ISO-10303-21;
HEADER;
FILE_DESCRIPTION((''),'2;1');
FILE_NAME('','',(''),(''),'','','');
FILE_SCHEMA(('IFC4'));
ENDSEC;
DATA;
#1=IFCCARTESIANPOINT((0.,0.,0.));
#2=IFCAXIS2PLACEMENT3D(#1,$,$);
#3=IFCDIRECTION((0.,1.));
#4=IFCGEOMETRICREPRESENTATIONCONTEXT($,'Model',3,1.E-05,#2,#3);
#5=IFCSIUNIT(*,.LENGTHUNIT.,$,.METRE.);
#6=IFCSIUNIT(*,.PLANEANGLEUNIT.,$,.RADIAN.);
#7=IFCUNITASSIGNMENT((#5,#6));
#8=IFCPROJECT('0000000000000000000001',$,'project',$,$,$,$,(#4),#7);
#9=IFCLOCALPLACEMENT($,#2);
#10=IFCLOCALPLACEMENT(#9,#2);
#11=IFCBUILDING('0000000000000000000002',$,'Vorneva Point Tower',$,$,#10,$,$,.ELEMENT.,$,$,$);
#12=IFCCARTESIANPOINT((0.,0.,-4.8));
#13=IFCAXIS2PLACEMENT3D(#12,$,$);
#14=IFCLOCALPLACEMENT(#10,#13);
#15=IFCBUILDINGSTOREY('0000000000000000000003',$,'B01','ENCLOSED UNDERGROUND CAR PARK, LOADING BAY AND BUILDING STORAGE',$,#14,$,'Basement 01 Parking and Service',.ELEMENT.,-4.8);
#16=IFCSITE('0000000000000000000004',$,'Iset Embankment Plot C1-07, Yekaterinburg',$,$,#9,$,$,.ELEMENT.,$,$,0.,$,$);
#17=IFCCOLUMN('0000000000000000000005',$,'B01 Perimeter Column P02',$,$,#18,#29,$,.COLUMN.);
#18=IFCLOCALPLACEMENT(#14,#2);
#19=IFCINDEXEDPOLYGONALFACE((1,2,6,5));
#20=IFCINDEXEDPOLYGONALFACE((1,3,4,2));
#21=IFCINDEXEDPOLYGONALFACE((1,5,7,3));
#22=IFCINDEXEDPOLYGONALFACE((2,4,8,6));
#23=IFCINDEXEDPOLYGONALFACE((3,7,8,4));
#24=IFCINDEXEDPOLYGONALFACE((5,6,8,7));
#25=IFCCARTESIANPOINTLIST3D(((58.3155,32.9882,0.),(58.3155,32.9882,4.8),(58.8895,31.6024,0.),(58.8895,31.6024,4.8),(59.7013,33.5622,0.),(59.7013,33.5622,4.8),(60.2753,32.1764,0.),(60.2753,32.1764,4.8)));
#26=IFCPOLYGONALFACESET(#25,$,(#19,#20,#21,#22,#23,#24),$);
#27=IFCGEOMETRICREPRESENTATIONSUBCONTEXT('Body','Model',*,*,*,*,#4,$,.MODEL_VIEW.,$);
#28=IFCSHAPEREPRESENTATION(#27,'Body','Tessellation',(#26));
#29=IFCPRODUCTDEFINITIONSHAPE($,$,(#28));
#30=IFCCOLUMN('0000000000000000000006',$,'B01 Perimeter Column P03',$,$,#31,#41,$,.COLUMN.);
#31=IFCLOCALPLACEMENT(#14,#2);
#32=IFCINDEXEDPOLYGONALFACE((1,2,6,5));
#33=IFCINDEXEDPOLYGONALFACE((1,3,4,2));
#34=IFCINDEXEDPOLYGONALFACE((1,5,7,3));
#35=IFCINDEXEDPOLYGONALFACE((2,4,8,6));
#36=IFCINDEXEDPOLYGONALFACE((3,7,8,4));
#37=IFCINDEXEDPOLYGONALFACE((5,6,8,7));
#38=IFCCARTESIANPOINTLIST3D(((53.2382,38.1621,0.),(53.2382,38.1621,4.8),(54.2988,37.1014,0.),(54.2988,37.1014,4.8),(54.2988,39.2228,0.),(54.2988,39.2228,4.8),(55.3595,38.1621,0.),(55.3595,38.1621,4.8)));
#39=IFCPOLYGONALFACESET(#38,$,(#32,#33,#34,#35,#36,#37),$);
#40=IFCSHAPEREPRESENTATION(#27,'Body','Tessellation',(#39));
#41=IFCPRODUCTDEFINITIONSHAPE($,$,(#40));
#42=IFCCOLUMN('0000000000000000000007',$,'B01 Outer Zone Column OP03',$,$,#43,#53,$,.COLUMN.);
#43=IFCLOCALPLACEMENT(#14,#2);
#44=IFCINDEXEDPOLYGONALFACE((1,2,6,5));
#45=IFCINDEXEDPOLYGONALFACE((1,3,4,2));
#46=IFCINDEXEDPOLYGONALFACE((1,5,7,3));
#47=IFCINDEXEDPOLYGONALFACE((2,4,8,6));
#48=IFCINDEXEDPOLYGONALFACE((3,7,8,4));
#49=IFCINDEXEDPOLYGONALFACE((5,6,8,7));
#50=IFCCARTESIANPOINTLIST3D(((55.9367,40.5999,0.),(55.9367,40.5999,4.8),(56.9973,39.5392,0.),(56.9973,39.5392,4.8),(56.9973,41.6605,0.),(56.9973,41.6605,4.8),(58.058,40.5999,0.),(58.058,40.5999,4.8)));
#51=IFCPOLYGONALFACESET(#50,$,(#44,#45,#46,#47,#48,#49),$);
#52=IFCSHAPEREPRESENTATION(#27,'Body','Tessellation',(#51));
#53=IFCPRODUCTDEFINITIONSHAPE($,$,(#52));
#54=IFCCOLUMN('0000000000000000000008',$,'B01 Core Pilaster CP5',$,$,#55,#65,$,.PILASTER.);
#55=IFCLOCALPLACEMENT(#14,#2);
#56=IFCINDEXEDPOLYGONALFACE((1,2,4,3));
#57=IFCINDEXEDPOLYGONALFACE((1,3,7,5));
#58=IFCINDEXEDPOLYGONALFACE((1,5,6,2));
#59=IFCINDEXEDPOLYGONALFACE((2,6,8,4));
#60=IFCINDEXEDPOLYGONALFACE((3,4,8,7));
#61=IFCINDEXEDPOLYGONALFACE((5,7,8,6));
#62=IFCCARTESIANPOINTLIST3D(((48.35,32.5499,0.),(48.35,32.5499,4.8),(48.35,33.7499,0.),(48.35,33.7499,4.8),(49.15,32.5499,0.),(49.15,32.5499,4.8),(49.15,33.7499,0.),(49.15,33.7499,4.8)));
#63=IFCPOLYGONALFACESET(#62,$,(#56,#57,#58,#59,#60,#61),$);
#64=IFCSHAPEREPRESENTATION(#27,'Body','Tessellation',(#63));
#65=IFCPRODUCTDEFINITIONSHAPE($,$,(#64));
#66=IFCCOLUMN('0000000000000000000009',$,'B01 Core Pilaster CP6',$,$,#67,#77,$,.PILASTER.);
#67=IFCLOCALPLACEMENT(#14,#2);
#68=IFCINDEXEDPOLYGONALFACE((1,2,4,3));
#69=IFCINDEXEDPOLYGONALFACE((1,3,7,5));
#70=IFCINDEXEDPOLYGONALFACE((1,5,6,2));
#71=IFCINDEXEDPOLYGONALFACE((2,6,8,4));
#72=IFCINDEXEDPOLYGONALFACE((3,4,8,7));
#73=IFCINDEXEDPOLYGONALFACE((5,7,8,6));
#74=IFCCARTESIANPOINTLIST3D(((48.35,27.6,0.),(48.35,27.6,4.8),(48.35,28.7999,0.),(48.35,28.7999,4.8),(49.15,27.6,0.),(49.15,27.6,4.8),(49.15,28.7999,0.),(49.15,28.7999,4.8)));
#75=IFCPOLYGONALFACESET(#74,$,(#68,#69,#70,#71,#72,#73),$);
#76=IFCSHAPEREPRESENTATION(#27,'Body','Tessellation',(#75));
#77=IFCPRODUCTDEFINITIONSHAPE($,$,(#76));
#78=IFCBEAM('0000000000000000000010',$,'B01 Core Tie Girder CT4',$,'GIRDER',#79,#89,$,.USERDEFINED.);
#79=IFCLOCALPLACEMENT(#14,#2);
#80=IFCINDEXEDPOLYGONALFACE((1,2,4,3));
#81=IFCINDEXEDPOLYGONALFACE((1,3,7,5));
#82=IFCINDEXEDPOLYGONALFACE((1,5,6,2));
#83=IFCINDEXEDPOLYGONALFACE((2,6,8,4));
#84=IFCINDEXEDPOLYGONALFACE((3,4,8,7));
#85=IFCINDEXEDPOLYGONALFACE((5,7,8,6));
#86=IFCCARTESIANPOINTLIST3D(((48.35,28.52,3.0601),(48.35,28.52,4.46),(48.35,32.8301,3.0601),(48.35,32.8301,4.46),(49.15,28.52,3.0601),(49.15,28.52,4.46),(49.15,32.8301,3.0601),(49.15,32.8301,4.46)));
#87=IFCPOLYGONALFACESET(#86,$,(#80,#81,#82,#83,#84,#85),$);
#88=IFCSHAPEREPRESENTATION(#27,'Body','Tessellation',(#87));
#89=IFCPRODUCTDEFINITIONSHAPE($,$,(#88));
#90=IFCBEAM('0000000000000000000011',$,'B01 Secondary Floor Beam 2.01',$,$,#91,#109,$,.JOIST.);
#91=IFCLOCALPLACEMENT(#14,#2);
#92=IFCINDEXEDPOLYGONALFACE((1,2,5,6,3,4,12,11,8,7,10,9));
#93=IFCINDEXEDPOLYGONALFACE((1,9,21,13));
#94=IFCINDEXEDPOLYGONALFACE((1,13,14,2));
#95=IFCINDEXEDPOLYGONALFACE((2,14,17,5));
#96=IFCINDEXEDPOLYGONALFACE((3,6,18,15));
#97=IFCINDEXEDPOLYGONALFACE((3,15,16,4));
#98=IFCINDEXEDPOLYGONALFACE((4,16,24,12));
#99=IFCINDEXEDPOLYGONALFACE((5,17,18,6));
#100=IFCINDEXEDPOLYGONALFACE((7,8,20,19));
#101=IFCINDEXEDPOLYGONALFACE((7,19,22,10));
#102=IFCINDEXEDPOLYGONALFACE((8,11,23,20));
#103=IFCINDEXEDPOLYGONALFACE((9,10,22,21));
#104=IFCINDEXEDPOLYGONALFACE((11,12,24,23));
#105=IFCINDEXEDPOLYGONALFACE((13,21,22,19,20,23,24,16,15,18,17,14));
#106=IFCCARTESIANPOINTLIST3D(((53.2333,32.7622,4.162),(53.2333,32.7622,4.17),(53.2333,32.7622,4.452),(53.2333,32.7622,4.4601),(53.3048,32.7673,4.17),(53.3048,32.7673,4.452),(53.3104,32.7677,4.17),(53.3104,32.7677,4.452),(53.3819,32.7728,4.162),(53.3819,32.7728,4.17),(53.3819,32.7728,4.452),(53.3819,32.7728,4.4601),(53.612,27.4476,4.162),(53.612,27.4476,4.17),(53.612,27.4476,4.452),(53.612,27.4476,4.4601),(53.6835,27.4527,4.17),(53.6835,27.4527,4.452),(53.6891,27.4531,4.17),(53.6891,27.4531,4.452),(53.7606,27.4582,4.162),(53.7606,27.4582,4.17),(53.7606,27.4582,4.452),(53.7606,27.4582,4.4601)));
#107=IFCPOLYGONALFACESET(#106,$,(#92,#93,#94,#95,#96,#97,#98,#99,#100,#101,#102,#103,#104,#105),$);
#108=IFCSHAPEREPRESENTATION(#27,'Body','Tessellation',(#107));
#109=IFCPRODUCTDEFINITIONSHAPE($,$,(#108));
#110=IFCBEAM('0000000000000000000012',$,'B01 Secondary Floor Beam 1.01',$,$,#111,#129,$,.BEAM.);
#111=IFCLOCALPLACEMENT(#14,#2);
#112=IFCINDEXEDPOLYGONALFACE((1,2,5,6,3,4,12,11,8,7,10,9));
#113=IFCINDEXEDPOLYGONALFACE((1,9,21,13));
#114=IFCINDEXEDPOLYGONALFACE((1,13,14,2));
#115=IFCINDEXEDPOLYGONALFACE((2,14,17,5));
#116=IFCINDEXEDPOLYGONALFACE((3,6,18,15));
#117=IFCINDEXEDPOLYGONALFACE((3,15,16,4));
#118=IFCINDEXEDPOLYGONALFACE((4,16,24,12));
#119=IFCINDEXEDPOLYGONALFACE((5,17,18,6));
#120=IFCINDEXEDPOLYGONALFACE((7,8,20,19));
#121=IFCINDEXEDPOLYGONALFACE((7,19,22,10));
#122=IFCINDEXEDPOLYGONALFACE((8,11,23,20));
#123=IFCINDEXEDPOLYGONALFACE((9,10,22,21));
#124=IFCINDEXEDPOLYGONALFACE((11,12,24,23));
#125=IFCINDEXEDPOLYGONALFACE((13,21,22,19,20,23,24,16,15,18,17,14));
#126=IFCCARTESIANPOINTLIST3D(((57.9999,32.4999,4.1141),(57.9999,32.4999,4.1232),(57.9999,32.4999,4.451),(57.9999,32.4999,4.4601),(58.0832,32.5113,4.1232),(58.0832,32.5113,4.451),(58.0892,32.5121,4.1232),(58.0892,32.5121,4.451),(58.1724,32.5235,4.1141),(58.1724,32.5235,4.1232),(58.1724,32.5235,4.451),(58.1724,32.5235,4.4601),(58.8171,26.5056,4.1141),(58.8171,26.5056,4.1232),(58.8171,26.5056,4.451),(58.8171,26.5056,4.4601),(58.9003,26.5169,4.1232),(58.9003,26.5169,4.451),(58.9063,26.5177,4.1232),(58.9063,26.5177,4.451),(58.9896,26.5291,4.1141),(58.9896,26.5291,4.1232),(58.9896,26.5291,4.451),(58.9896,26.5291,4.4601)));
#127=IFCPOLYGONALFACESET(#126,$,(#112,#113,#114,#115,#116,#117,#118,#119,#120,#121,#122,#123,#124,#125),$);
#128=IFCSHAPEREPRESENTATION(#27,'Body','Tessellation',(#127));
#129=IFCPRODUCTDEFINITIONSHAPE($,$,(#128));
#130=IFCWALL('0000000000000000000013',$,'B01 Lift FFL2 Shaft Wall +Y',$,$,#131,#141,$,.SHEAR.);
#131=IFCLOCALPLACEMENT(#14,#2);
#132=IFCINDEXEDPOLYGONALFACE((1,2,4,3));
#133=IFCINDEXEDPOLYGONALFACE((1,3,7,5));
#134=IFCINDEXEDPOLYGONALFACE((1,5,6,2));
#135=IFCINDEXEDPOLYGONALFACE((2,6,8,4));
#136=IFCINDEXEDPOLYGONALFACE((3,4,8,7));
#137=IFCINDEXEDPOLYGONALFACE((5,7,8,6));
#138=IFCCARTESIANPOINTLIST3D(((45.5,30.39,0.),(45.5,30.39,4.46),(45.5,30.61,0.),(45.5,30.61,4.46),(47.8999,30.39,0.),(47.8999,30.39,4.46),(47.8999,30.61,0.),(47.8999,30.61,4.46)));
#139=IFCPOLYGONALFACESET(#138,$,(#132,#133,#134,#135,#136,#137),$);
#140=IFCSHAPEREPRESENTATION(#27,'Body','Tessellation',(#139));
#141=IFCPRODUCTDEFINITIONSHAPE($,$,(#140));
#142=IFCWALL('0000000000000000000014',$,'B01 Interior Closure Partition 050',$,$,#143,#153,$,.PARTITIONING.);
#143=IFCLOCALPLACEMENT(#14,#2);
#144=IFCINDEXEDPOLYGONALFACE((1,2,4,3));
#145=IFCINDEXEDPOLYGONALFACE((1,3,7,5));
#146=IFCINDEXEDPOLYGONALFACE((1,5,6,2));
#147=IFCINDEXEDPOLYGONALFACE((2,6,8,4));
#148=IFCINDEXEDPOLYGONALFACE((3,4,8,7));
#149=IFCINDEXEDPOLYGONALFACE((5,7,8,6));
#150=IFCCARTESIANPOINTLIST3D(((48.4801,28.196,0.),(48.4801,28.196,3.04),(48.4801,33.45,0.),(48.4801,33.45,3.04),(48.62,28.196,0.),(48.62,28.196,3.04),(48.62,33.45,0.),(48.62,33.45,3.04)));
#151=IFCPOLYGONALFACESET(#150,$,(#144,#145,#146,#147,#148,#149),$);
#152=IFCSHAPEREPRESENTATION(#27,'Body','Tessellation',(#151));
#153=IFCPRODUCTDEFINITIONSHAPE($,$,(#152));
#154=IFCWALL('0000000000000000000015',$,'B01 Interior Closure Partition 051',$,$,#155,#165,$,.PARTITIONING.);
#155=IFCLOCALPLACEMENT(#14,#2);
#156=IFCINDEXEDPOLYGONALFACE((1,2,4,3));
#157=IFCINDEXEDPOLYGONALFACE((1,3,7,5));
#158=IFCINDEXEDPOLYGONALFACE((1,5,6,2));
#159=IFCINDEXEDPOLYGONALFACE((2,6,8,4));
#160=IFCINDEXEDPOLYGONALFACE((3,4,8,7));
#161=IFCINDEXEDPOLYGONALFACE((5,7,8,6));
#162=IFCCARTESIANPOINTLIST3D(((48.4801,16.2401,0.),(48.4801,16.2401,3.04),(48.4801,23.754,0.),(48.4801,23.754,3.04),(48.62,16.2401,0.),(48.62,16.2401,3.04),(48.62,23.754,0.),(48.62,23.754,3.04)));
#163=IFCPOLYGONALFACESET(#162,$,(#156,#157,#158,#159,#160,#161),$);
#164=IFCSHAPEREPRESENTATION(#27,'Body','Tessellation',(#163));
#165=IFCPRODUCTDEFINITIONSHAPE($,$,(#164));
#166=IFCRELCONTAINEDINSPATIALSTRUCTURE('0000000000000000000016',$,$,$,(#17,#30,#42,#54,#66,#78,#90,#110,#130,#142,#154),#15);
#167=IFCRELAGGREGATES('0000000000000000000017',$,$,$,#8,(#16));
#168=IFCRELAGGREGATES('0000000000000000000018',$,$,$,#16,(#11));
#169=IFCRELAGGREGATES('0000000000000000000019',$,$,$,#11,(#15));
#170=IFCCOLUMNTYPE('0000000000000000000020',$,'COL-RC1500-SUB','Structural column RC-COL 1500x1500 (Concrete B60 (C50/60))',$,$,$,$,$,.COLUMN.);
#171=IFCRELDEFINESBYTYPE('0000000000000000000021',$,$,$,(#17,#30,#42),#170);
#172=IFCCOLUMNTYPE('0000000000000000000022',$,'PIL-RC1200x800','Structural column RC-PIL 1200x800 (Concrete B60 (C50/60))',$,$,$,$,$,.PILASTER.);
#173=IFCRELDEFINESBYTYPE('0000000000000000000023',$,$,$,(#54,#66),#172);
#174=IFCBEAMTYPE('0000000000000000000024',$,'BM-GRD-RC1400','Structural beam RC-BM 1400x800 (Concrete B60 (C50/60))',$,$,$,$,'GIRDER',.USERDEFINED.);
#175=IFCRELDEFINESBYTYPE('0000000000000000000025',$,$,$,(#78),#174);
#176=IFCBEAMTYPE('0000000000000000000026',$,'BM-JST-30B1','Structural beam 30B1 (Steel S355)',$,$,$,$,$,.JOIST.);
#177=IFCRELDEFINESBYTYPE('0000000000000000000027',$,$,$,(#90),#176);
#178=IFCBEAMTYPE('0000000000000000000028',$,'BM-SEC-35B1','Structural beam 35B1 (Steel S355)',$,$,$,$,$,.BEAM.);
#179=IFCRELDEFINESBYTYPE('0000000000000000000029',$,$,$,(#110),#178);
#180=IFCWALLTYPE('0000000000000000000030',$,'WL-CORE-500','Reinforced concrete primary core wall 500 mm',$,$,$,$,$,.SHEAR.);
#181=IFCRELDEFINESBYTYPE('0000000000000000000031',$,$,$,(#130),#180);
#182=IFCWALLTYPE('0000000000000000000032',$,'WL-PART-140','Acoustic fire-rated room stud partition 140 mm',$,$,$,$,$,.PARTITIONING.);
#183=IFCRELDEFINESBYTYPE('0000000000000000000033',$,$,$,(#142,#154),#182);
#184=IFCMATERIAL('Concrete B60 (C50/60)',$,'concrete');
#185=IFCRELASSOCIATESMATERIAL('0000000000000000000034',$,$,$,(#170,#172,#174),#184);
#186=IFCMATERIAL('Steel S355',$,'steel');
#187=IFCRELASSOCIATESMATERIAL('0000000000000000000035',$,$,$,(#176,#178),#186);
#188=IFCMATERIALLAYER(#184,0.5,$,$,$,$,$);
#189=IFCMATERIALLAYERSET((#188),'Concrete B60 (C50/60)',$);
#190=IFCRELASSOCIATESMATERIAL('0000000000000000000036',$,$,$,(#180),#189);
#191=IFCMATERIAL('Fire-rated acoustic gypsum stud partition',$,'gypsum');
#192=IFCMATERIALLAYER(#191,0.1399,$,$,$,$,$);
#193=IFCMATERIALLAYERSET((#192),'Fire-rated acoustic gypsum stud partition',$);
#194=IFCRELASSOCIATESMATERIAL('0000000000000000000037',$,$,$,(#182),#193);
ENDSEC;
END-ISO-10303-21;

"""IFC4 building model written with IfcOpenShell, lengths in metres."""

from ifc_helpers import new_model, si_unit, direction, frame, frame_2d, origin, origin_2d, place, context, subcontext, project, spatial, rectangle, i_section, extrude, material, layer, layer_set, material_profile, profile_set, type_object, element, save


model = new_model("IFC4")

# Units and contexts
model_context = context("Model", 3, precision=1e-05, world=origin(), true_north=direction((0.0, 1.0)))
body_context = subcontext(model_context, "Body", "Model", "MODEL_VIEW")
ifc_project = project(units=[si_unit("LENGTHUNIT", "METRE"), si_unit("PLANEANGLEUNIT", "RADIAN")], contexts=[model_context])

# Site, building, storey
site_placement = place(None, origin())
site = spatial("IfcSite", under=ifc_project, at=site_placement, Name="Iset Embankment Plot C1-07, Yekaterinburg", CompositionType="ELEMENT", RefElevation=0.0)
building_placement = place(site_placement, origin())
building = spatial("IfcBuilding", under=site, at=building_placement, Name="Vorneva Point Tower", CompositionType="ELEMENT")
storey_placement = place(building_placement, frame((0.0, 0.0, -4.8)))
storey = spatial("IfcBuildingStorey", under=building, at=storey_placement, Name="B01", Description="ENCLOSED UNDERGROUND CAR PARK, LOADING BAY AND BUILDING STORAGE", LongName="Basement 01 Parking and Service", CompositionType="ELEMENT", Elevation=-4.8)

# Columns
ifc_material_1 = material(Name="Concrete B60 (C50/60)", Category="concrete")
ifc_material_profile_1 = material_profile(ifc_material_1, rectangle(XDim=1.5, YDim=1.5, at=origin_2d()), Name="RC-COL 1500x1500")
ifc_profile_set_1 = profile_set([ifc_material_profile_1], Name="Concrete B60 (C50/60)")
column_type_1 = type_object("IfcColumnType", Name="COL-RC1500-SUB", Description="Structural column RC-COL 1500x1500 (Concrete B60 (C50/60))", PredefinedType="COLUMN", material=ifc_profile_set_1)
for number, where, z_axis, x_axis, name in (
    (1, (59.2954, 32.5823, 0.0), (0.0, 0.0, 1.0), (0.92388, 0.382683, 0.0), "B01 Perimeter Column P02"),
    (2, (54.2988, 38.1621, 0.0), (0.0, 0.0, 1.0), (0.707107, 0.707107, 0.0), "B01 Perimeter Column P03"),
    (3, (56.9973, 40.5999, 0.0), (0.0, 0.0, 1.0), (0.707107, 0.707107, 0.0), "B01 Outer Zone Column OP03"),
):
    element("IfcColumn", number, at=place(storey_placement, frame(where, z_axis=z_axis, x_axis=x_axis)), inside=storey, type_object=column_type_1, Name=name, PredefinedType="COLUMN", context=body_context, shape_type="SweptSolid", body=[
        extrude(rectangle(XDim=1.5, YDim=1.5, at=origin_2d()), origin(), (0.0, 0.0, 1.0), 4.8),
    ])
ifc_material_profile_2 = material_profile(ifc_material_1, rectangle(XDim=0.8, YDim=1.2, at=origin_2d()), Name="RC-PIL 1200x800")
ifc_profile_set_2 = profile_set([ifc_material_profile_2], Name="Concrete B60 (C50/60)")
column_type_2 = type_object("IfcColumnType", Name="PIL-RC1200x800", Description="Structural column RC-PIL 1200x800 (Concrete B60 (C50/60))", PredefinedType="PILASTER", material=ifc_profile_set_2)
for number, where, z_axis, x_axis, name in (
    (4, (48.75, 33.1499, 0.0), (0.0, 0.0, 1.0), (1.0, 0.0, 0.0), "B01 Core Pilaster CP5"),
    (5, (48.75, 28.2, 0.0), (0.0, 0.0, 1.0), (1.0, 0.0, 0.0), "B01 Core Pilaster CP6"),
):
    element("IfcColumn", number, at=place(storey_placement, frame(where, z_axis=z_axis, x_axis=x_axis)), inside=storey, type_object=column_type_2, Name=name, PredefinedType="PILASTER", context=body_context, shape_type="SweptSolid", body=[
        extrude(rectangle(XDim=0.8, YDim=1.2, at=origin_2d()), origin(), (0.0, 0.0, 1.0), 4.8),
    ])

# Beams
ifc_material_profile_3 = material_profile(ifc_material_1, rectangle(XDim=0.8, YDim=1.3999, at=origin_2d()), Name="RC-BM 1400x800")
ifc_profile_set_3 = profile_set([ifc_material_profile_3], Name="Concrete B60 (C50/60)")
beam_type_1 = type_object("IfcBeamType", Name="BM-GRD-RC1400", Description="Structural beam RC-BM 1400x800 (Concrete B60 (C50/60))", ElementType="GIRDER", PredefinedType="USERDEFINED", material=ifc_profile_set_3)
beam_1_placement = place(storey_placement, frame((48.75, 28.52, 3.76), z_axis=(0.0, 1.0, 0.0), x_axis=(-1.0, 0.0, 0.0)))
element("IfcBeam", 6, at=beam_1_placement, inside=storey, type_object=beam_type_1, Name="B01 Core Tie Girder CT4", ObjectType="GIRDER", PredefinedType="USERDEFINED", context=body_context, shape_type="SweptSolid", body=[
    extrude(rectangle(XDim=0.8, YDim=1.3999, at=origin_2d()), origin(), (0.0, 0.0, 1.0), 4.3101),
])
ifc_material_2 = material(Name="Steel S355", Category="steel")
ifc_material_profile_4 = material_profile(ifc_material_2, i_section(OverallWidth=0.1489, OverallDepth=0.2981, WebThickness=0.0056, FlangeThickness=0.0081, at=origin_2d()), Name="30B1")
ifc_profile_set_4 = profile_set([ifc_material_profile_4], Name="Steel S355")
beam_type_2 = type_object("IfcBeamType", Name="BM-JST-30B1", Description="Structural beam 30B1 (Steel S355)", PredefinedType="JOIST", material=ifc_profile_set_4)
beam_2_placement = place(storey_placement, frame((53.6863, 27.4529, 4.311), z_axis=(-0.071068, 0.997471, 0.0), x_axis=(-0.997471, -0.071068, 0.0)))
element("IfcBeam", 7, at=beam_2_placement, inside=storey, type_object=beam_type_2, Name="B01 Secondary Floor Beam 2.01", PredefinedType="JOIST", context=body_context, shape_type="SweptSolid", body=[
    extrude(i_section(OverallWidth=0.1489, OverallDepth=0.2981, WebThickness=0.0056, FlangeThickness=0.0081, at=origin_2d()), origin(), (0.0, 0.0, 1.0), 5.3281),
])
ifc_material_profile_5 = material_profile(ifc_material_2, i_section(OverallWidth=0.1741, OverallDepth=0.3459, WebThickness=0.0061, FlangeThickness=0.009, at=origin_2d()), Name="35B1")
ifc_profile_set_5 = profile_set([ifc_material_profile_5], Name="Steel S355")
beam_type_3 = type_object("IfcBeamType", Name="BM-SEC-35B1", Description="Structural beam 35B1 (Steel S355)", PredefinedType="BEAM", material=ifc_profile_set_5)
beam_3_placement = place(storey_placement, frame((58.9033, 26.5173, 4.2871), z_axis=(-0.135068, 0.990836, 0.0), x_axis=(-0.990836, -0.135068, 0.0)))
element("IfcBeam", 8, at=beam_3_placement, inside=storey, type_object=beam_type_3, Name="B01 Secondary Floor Beam 1.01", PredefinedType="BEAM", context=body_context, shape_type="SweptSolid", body=[
    extrude(i_section(OverallWidth=0.1741, OverallDepth=0.3459, WebThickness=0.0061, FlangeThickness=0.009, at=origin_2d()), origin(), (0.0, 0.0, 1.0), 6.0498),
])

# Walls
ifc_layer_1 = layer(ifc_material_1, 0.5)
ifc_layer_set_1 = layer_set([ifc_layer_1], Name="Concrete B60 (C50/60)")
wall_type_1 = type_object("IfcWallType", Name="WL-CORE-500", Description="Reinforced concrete primary core wall 500 mm", PredefinedType="SHEAR", material=ifc_layer_set_1)
wall_1_placement = place(storey_placement, frame((47.8999, 30.5, 0.0), z_axis=(0.0, 0.0, 1.0), x_axis=(-1.0, 0.0, 0.0)))
element("IfcWall", 9, at=wall_1_placement, inside=storey, type_object=wall_type_1, Name="B01 Lift FFL2 Shaft Wall +Y", PredefinedType="SHEAR", context=body_context, shape_type="SweptSolid", body=[
    extrude(rectangle(XDim=2.3999, YDim=0.22, at=frame_2d((1.2, 0.0))), origin(), (0.0, 0.0, 1.0), 4.46),
])
ifc_material_3 = material(Name="Fire-rated acoustic gypsum stud partition", Category="gypsum")
ifc_layer_2 = layer(ifc_material_3, 0.1399)
ifc_layer_set_2 = layer_set([ifc_layer_2], Name="Fire-rated acoustic gypsum stud partition")
wall_type_2 = type_object("IfcWallType", Name="WL-PART-140", Description="Acoustic fire-rated room stud partition 140 mm", PredefinedType="PARTITIONING", material=ifc_layer_set_2)
wall_2_placement = place(storey_placement, frame((48.55, 33.45, 0.0), z_axis=(0.0, 0.0, 1.0), x_axis=(0.0, -1.0, 0.0)))
element("IfcWall", 10, at=wall_2_placement, inside=storey, type_object=wall_type_2, Name="B01 Interior Closure Partition 050", PredefinedType="PARTITIONING", context=body_context, shape_type="SweptSolid", body=[
    extrude(rectangle(XDim=5.2539, YDim=0.1399, at=frame_2d((2.627, 0.0))), origin(), (0.0, 0.0, 1.0), 3.04),
])
wall_3_placement = place(storey_placement, frame((48.55, 23.7539, 0.0), z_axis=(0.0, 0.0, 1.0), x_axis=(0.0, -1.0, 0.0)))
element("IfcWall", 11, at=wall_3_placement, inside=storey, type_object=wall_type_2, Name="B01 Interior Closure Partition 051", PredefinedType="PARTITIONING", context=body_context, shape_type="SweptSolid", body=[
    extrude(rectangle(XDim=7.5139, YDim=0.1399, at=frame_2d((3.7568, 0.0))), origin(), (0.0, 0.0, 1.0), 3.04),
])

save(model, "model.ifc")
